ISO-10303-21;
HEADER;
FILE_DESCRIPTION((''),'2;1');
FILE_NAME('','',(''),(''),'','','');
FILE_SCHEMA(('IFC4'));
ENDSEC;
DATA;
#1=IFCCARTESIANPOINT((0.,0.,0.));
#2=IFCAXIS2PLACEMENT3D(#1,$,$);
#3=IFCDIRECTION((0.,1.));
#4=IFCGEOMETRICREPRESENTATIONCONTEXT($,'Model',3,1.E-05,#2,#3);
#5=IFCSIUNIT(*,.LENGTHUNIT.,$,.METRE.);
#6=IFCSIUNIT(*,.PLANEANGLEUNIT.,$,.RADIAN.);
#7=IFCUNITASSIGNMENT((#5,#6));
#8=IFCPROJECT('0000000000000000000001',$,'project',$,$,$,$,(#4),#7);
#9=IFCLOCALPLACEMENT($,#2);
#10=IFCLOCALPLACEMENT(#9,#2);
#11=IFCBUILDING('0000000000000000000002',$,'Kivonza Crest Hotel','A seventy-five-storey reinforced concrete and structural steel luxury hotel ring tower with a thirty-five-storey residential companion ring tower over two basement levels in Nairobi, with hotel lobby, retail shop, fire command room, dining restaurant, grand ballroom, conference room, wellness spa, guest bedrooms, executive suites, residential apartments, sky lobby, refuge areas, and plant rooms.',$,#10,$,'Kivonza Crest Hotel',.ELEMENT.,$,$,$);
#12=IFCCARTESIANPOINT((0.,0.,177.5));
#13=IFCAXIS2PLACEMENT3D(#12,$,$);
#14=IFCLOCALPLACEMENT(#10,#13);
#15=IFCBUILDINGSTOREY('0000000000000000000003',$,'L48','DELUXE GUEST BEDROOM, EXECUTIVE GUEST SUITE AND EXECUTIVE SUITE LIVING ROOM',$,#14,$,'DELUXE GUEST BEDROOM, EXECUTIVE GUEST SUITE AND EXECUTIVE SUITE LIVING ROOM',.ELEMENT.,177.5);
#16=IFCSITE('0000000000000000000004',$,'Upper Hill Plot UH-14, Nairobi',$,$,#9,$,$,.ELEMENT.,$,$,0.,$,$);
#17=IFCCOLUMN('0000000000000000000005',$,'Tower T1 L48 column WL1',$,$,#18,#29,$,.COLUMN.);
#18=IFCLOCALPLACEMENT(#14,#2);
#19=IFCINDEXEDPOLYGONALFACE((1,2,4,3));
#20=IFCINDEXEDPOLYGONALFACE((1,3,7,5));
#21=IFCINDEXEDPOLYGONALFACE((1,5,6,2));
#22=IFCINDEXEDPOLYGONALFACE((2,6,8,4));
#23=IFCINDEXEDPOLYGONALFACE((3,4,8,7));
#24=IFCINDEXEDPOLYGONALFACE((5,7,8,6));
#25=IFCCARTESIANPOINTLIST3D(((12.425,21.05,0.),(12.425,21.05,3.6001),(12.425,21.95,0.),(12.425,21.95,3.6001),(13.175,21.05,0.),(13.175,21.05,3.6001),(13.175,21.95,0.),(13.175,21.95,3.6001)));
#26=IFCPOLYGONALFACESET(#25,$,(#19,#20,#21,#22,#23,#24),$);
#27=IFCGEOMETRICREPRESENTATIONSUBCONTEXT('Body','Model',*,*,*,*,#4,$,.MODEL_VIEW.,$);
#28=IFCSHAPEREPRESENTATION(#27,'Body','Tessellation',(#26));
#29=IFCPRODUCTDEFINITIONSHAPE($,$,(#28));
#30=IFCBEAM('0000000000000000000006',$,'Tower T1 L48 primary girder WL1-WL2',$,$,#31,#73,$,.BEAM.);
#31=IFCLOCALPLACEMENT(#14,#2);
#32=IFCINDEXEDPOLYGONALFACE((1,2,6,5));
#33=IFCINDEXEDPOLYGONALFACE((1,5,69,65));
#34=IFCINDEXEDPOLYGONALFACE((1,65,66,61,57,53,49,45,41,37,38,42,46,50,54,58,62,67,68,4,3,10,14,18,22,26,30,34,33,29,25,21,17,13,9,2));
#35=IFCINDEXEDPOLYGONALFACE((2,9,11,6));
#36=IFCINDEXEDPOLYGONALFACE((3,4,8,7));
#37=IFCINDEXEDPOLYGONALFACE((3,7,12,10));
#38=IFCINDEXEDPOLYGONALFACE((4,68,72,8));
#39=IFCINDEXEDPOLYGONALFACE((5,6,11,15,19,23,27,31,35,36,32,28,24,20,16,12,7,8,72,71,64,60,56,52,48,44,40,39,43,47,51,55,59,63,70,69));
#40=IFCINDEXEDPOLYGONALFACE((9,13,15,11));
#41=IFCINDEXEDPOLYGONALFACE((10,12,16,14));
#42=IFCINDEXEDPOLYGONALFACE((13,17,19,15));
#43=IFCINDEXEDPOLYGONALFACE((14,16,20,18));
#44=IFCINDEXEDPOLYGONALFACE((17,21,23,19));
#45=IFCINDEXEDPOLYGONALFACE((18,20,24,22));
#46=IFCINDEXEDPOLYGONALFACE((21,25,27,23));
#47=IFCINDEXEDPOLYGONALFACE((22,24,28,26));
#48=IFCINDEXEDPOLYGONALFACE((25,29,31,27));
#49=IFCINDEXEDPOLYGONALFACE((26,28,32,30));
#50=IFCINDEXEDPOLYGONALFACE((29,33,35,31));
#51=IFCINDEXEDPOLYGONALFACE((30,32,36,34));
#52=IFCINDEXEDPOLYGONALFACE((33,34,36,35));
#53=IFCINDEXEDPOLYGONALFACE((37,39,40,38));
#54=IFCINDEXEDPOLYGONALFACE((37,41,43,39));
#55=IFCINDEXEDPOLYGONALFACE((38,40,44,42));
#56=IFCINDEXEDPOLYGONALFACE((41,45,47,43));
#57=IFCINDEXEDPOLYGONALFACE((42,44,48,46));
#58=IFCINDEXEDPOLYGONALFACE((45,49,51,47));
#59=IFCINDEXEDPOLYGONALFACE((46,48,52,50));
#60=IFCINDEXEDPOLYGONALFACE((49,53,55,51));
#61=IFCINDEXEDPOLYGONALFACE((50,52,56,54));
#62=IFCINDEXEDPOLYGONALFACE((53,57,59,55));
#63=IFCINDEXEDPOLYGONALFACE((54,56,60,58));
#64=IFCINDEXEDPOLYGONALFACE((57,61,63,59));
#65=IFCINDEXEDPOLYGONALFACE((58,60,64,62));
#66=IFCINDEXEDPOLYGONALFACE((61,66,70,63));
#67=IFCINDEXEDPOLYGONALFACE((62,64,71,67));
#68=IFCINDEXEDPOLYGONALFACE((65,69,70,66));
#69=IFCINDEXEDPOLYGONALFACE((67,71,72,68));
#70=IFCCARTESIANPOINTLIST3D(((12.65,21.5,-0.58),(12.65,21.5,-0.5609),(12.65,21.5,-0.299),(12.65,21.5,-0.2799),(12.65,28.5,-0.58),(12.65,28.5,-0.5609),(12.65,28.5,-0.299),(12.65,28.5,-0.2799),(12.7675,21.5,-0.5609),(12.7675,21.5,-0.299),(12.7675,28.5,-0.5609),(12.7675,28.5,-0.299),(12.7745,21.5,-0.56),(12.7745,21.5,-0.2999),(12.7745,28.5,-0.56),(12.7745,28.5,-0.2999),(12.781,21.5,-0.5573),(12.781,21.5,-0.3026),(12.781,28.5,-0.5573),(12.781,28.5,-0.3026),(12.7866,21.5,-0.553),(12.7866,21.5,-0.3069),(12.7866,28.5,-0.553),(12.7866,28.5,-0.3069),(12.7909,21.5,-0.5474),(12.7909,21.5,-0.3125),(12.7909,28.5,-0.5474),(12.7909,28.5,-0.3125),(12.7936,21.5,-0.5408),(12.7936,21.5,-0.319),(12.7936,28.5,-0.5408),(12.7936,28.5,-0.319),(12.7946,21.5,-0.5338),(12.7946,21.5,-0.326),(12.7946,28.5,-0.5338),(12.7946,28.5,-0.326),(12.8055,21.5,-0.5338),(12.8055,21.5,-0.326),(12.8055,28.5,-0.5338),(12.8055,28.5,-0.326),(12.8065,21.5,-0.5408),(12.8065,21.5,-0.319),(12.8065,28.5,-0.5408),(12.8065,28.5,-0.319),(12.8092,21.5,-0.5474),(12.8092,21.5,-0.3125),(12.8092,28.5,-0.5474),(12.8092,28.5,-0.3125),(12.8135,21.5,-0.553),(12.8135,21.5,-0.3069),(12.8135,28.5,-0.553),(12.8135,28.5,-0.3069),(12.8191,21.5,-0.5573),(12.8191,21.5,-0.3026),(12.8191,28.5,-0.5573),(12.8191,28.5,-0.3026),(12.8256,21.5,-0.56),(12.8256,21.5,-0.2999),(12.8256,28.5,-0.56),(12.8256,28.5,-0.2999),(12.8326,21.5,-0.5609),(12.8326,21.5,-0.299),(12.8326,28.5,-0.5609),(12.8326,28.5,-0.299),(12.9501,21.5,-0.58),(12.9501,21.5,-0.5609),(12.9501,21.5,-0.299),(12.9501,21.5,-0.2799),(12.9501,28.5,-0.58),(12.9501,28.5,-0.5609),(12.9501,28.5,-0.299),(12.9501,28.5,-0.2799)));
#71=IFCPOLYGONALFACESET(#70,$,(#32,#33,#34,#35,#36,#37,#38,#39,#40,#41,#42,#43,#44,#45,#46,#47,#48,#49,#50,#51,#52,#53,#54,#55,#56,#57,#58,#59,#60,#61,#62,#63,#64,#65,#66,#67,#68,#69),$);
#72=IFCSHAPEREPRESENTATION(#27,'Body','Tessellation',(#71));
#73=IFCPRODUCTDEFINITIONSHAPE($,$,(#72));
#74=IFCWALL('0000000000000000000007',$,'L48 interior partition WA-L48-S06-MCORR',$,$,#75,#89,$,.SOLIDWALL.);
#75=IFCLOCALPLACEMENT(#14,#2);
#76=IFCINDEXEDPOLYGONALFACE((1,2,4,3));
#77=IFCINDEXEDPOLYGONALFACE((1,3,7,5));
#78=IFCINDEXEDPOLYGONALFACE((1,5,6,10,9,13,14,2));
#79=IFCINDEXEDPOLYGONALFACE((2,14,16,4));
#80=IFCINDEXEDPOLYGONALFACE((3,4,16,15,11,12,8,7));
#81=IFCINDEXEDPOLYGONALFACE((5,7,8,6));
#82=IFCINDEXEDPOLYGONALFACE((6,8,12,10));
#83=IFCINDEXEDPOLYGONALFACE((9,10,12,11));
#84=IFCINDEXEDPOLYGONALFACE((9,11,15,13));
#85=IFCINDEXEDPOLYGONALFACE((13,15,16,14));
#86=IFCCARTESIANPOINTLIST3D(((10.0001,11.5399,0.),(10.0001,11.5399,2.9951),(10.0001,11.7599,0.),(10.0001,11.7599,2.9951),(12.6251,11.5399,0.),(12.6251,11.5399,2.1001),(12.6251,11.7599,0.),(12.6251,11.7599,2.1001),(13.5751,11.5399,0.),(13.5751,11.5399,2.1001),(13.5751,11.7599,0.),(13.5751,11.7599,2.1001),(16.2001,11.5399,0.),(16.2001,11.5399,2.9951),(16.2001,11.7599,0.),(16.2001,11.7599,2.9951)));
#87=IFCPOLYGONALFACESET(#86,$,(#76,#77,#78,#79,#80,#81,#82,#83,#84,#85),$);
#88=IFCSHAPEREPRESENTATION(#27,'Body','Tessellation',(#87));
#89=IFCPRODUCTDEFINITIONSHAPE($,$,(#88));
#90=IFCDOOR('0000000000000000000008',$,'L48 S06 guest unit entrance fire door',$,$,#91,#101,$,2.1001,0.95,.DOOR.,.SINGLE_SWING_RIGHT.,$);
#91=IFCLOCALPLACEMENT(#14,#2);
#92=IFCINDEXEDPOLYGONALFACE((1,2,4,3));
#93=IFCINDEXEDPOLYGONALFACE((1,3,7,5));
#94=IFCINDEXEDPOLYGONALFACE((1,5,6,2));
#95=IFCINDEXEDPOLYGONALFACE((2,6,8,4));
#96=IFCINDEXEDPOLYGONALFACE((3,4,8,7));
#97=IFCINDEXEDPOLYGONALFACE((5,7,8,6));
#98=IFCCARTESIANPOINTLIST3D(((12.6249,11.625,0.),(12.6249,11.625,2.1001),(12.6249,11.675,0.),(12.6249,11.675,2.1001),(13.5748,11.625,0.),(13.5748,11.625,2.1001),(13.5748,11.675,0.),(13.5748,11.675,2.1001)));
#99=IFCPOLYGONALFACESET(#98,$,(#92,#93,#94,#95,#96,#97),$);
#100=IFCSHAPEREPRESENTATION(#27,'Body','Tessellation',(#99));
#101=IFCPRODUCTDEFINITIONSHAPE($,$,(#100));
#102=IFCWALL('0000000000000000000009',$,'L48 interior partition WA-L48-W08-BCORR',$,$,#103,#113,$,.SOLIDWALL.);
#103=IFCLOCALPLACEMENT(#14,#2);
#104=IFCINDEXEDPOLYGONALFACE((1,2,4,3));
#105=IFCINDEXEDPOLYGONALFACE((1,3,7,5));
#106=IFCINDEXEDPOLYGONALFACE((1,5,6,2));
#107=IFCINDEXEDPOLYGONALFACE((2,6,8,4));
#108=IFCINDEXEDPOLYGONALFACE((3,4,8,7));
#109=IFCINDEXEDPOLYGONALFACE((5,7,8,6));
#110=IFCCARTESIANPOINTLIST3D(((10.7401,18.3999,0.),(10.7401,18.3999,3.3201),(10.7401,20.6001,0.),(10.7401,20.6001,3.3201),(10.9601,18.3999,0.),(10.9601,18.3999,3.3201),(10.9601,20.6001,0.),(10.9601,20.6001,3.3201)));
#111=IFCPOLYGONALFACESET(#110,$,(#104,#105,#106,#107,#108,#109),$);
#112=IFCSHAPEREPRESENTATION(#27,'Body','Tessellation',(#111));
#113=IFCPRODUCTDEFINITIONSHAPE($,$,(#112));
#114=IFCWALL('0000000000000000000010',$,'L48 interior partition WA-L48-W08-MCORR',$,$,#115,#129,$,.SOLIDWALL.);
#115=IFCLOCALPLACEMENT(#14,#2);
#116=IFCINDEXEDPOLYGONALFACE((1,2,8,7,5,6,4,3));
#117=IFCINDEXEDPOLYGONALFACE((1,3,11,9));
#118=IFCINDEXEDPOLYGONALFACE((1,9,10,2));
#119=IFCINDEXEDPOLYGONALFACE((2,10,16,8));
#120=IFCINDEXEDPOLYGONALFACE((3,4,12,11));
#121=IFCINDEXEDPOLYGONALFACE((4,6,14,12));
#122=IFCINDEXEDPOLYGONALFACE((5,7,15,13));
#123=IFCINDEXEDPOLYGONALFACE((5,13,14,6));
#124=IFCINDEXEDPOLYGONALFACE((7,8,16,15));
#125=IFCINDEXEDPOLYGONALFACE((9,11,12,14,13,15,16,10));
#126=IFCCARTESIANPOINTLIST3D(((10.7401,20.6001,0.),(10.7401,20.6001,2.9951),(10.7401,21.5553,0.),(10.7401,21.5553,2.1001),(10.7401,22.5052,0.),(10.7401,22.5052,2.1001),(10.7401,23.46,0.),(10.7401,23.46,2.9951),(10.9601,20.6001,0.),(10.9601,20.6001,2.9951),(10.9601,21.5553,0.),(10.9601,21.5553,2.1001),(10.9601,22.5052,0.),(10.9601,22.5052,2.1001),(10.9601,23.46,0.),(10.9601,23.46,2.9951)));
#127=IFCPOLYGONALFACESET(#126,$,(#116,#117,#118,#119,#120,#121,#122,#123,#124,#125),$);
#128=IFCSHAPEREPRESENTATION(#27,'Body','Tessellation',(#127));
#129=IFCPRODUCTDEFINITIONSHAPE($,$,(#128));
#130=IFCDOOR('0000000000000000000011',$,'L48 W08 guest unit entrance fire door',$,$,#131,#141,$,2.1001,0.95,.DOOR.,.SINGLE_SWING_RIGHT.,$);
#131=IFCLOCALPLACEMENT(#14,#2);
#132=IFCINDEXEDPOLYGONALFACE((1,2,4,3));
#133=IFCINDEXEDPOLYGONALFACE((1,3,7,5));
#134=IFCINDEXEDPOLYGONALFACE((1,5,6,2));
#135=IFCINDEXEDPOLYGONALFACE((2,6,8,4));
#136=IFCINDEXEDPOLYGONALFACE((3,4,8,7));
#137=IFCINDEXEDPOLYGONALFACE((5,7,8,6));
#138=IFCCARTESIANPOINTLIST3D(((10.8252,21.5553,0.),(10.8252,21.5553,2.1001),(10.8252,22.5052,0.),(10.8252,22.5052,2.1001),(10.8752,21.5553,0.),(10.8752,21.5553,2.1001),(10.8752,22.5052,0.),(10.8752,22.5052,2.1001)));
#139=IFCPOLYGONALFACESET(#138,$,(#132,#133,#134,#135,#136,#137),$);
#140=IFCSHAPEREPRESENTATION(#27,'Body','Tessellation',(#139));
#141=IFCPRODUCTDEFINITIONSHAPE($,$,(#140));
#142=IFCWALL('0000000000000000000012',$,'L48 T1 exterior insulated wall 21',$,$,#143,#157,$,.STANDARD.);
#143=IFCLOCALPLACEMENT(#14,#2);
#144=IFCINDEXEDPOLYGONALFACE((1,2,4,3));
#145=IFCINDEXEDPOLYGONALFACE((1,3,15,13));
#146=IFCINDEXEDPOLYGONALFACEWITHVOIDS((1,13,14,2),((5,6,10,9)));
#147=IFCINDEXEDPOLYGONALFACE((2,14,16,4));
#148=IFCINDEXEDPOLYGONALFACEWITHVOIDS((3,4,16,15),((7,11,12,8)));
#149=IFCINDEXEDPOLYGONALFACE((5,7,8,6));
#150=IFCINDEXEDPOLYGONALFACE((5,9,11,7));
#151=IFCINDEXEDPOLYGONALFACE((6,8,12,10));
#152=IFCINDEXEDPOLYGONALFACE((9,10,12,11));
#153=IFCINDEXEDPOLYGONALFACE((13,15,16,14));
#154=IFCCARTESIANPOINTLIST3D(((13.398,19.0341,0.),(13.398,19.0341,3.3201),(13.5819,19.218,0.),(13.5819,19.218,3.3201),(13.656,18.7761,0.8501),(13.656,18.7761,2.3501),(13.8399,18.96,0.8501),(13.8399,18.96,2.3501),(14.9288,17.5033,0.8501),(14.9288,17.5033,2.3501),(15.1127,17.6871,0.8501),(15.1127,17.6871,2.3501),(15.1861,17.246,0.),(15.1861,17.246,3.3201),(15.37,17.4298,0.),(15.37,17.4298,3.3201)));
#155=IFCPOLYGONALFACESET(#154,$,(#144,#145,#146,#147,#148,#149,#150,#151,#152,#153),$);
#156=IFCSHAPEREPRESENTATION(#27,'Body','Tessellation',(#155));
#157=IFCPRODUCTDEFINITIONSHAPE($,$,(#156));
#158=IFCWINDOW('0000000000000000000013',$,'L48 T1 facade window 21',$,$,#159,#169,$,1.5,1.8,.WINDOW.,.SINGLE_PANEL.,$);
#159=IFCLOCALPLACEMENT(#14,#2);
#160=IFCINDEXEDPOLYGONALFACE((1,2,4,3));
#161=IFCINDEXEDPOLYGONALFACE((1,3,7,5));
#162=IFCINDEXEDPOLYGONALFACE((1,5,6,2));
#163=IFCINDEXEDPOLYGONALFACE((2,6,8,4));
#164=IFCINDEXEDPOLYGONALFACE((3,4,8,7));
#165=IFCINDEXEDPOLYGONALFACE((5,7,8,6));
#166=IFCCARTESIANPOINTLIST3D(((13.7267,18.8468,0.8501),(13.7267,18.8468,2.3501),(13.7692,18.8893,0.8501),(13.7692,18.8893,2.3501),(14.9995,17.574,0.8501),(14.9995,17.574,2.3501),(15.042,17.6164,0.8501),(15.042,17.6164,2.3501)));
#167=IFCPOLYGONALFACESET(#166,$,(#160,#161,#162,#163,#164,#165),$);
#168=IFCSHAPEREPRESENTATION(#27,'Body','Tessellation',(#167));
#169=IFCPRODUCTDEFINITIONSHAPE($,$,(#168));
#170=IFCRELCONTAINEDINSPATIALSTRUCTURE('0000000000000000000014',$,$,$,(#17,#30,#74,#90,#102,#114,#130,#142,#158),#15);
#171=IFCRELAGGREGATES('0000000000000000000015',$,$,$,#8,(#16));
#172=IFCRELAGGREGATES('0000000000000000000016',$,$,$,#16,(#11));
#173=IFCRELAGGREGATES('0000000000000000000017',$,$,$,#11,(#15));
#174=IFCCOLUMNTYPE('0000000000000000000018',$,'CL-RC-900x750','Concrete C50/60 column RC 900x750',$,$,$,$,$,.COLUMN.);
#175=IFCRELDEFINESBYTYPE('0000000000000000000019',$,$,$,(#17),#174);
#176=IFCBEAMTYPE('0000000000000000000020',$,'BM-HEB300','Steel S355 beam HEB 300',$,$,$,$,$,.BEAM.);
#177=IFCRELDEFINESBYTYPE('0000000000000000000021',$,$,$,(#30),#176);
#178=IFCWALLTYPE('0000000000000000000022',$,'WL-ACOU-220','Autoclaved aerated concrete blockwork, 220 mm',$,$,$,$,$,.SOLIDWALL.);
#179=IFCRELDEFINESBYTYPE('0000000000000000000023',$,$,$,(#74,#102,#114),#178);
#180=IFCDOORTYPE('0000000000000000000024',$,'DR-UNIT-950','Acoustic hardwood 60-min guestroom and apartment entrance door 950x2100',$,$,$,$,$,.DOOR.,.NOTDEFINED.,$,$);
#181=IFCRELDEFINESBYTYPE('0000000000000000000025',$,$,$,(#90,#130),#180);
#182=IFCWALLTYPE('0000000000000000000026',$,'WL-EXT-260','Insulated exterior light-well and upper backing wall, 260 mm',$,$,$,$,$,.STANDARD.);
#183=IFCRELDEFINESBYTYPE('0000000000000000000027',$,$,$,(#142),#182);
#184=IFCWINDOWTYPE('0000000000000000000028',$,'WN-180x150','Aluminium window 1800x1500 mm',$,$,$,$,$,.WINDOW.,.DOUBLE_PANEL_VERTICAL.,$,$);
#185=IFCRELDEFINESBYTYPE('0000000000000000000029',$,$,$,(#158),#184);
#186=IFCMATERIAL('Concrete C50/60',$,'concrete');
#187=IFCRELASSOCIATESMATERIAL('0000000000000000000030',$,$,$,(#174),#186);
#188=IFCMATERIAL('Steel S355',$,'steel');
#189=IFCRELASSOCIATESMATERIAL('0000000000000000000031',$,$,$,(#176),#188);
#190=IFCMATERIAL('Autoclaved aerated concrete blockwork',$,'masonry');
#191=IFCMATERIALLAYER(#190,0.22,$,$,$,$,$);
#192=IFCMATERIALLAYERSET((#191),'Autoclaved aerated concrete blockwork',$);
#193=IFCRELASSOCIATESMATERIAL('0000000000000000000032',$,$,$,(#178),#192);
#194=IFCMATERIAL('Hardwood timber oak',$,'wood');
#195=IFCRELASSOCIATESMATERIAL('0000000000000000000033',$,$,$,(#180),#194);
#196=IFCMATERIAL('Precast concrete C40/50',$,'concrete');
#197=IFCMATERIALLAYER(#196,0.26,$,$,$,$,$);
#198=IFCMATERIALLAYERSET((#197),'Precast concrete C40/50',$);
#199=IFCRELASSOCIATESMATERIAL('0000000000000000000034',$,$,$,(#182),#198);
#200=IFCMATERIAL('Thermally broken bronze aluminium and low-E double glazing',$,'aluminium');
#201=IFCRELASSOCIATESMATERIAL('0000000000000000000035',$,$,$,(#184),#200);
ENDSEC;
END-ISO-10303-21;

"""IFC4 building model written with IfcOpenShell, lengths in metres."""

from ifc_helpers import new_model, si_unit, direction, frame, frame_2d, origin, origin_2d, place, context, subcontext, project, spatial, rectangle, i_section, extrude, material, layer, layer_set, material_profile, profile_set, type_object, element, fill, save


model = new_model("IFC4")

# Units and contexts
model_context = context("Model", 3, precision=1e-05, world=origin(), true_north=direction((0.0, 1.0)))
body_context = subcontext(model_context, "Body", "Model", "MODEL_VIEW")
ifc_project = project(units=[si_unit("LENGTHUNIT", "METRE"), si_unit("PLANEANGLEUNIT", "RADIAN")], contexts=[model_context])

# Site, building, storey
site_placement = place(None, origin())
site = spatial("IfcSite", under=ifc_project, at=site_placement, Name="Upper Hill Plot UH-14, Nairobi", CompositionType="ELEMENT", RefElevation=0.0)
building_placement = place(site_placement, origin())
building = spatial("IfcBuilding", under=site, at=building_placement, Name="Kivonza Crest Hotel", Description="A seventy-five-storey reinforced concrete and structural steel luxury hotel ring tower with a thirty-five-storey residential companion ring tower over two basement levels in Nairobi, with hotel lobby, retail shop, fire command room, dining restaurant, grand ballroom, conference room, wellness spa, guest bedrooms, executive suites, residential apartments, sky lobby, refuge areas, and plant rooms.", LongName="Kivonza Crest Hotel", CompositionType="ELEMENT")
storey_placement = place(building_placement, frame((0.0, 0.0, 177.5)))
storey = spatial("IfcBuildingStorey", under=building, at=storey_placement, Name="L48", Description="DELUXE GUEST BEDROOM, EXECUTIVE GUEST SUITE AND EXECUTIVE SUITE LIVING ROOM", LongName="DELUXE GUEST BEDROOM, EXECUTIVE GUEST SUITE AND EXECUTIVE SUITE LIVING ROOM", CompositionType="ELEMENT", Elevation=177.5)

# Column
ifc_material_1 = material(Name="Concrete C50/60", Category="concrete")
ifc_material_profile_1 = material_profile(ifc_material_1, rectangle(XDim=0.75, YDim=0.8999, at=origin_2d()), Name="RC 900x750")
ifc_profile_set_1 = profile_set([ifc_material_profile_1], Name="Concrete C50/60")
column_type = type_object("IfcColumnType", Name="CL-RC-900x750", Description="Concrete C50/60 column RC 900x750", PredefinedType="COLUMN", material=ifc_profile_set_1)
column_placement = place(storey_placement, frame((12.8, 21.5, 0.0), z_axis=(0.0, 0.0, 1.0), x_axis=(1.0, 0.0, 0.0)))
element("IfcColumn", 1, at=column_placement, inside=storey, type_object=column_type, Name="Tower T1 L48 column WL1", PredefinedType="COLUMN", context=body_context, shape_type="SweptSolid", body=[
    extrude(rectangle(XDim=0.75, YDim=0.8999, at=origin_2d()), origin(), (0.0, 0.0, 1.0), 3.6001),
])

# Beam
ifc_material_2 = material(Name="Steel S355", Category="steel")
ifc_material_profile_2 = material_profile(ifc_material_2, i_section(OverallWidth=0.3, OverallDepth=0.3, WebThickness=0.011, FlangeThickness=0.019, FilletRadius=0.0271, at=origin_2d()), Name="HEB 300")
ifc_profile_set_2 = profile_set([ifc_material_profile_2], Name="Steel S355")
beam_type = type_object("IfcBeamType", Name="BM-HEB300", Description="Steel S355 beam HEB 300", PredefinedType="BEAM", material=ifc_profile_set_2)
beam_placement = place(storey_placement, frame((12.8, 21.5, -0.4299), z_axis=(0.0, 1.0, 0.0), x_axis=(-1.0, 0.0, 0.0)))
element("IfcBeam", 2, at=beam_placement, inside=storey, type_object=beam_type, Name="Tower T1 L48 primary girder WL1-WL2", PredefinedType="BEAM", context=body_context, shape_type="SweptSolid", body=[
    extrude(i_section(OverallWidth=0.3, OverallDepth=0.3, WebThickness=0.011, FlangeThickness=0.019, FilletRadius=0.0271, at=origin_2d()), origin(), (0.0, 0.0, 1.0), 7.0),
])

# Wall, opening, door
ifc_material_3 = material(Name="Autoclaved aerated concrete blockwork", Category="masonry")
ifc_layer_1 = layer(ifc_material_3, 0.22)
ifc_layer_set_1 = layer_set([ifc_layer_1], Name="Autoclaved aerated concrete blockwork")
wall_type_1 = type_object("IfcWallType", Name="WL-ACOU-220", Description="Autoclaved aerated concrete blockwork, 220 mm", PredefinedType="SOLIDWALL", material=ifc_layer_set_1)
wall_1_placement = place(storey_placement, frame((10.0, 11.6499, 0.0), z_axis=(0.0, 0.0, 1.0), x_axis=(1.0, 0.0, 0.0)))
wall_1 = element("IfcWall", 3, at=wall_1_placement, inside=storey, type_object=wall_type_1, Name="L48 interior partition WA-L48-S06-MCORR", PredefinedType="SOLIDWALL", context=body_context, shape_type="SweptSolid", body=[
    extrude(rectangle(XDim=6.2, YDim=0.22, at=frame_2d((3.1001, 0.0))), origin(), (0.0, 0.0, 1.0), 2.9951),
])
opening_1_placement = place(wall_1_placement, frame((2.625, 0.0, 0.0)))
opening_1 = element("IfcOpeningElement", 4, at=opening_1_placement, cuts=wall_1, PredefinedType="OPENING", context=body_context, shape_type="SweptSolid", body=[
    extrude(rectangle(XDim=0.95, YDim=2.1001, at=frame_2d((0.4751, 1.05))), frame((0.0, 0.1201, 0.0), z_axis=(0.0, -1.0, 0.0), x_axis=(1.0, 0.0, 0.0)), (0.0, 0.0, 1.0), 0.24),
])
ifc_material_4 = material(Name="Hardwood timber oak", Category="wood")
door_type_1 = type_object("IfcDoorType", Name="DR-UNIT-950", Description="Acoustic hardwood 60-min guestroom and apartment entrance door 950x2100", OperationType="NOTDEFINED", PredefinedType="DOOR", material=ifc_material_4)
door_1_placement = place(opening_1_placement, frame((0.95, 0.0, 0.0), z_axis=(0.0, 0.0, 1.0), x_axis=(-1.0, 0.0, 0.0)))
door_1 = element("IfcDoor", 5, at=door_1_placement, inside=storey, type_object=door_type_1, Name="L48 S06 guest unit entrance fire door", OperationType="SINGLE_SWING_RIGHT", OverallHeight=2.1001, OverallWidth=0.95, PredefinedType="DOOR", context=body_context, shape_type="SweptSolid", body=[
    extrude(rectangle(XDim=0.95, YDim=2.1001, at=frame_2d((0.4751, 1.05))), frame((0.0, 0.0249, 0.0), z_axis=(0.0, -1.0, 0.0), x_axis=(1.0, 0.0, 0.0)), (0.0, 0.0, 1.0), 0.05),
])
fill(opening_1, door_1)

# Wall
wall_2_placement = place(storey_placement, frame((10.8501, 18.3999, 0.0), z_axis=(0.0, 0.0, 1.0), x_axis=(0.0, 1.0, 0.0)))
element("IfcWall", 6, at=wall_2_placement, inside=storey, type_object=wall_type_1, Name="L48 interior partition WA-L48-W08-BCORR", PredefinedType="SOLIDWALL", context=body_context, shape_type="SweptSolid", body=[
    extrude(rectangle(XDim=2.2002, YDim=0.22, at=frame_2d((1.1001, 0.0))), origin(), (0.0, 0.0, 1.0), 3.3201),
])

# Wall, opening, door
wall_3_placement = place(storey_placement, frame((10.8501, 20.6001, 0.0), z_axis=(0.0, 0.0, 1.0), x_axis=(0.0, 1.0, 0.0)))
wall_3 = element("IfcWall", 7, at=wall_3_placement, inside=storey, type_object=wall_type_1, Name="L48 interior partition WA-L48-W08-MCORR", PredefinedType="SOLIDWALL", context=body_context, shape_type="SweptSolid", body=[
    extrude(rectangle(XDim=2.8599, YDim=0.22, at=frame_2d((1.4299, 0.0))), origin(), (0.0, 0.0, 1.0), 2.9951),
])
opening_2_placement = place(wall_3_placement, frame((0.9551, 0.0, 0.0)))
opening_2 = element("IfcOpeningElement", 8, at=opening_2_placement, cuts=wall_3, PredefinedType="OPENING", context=body_context, shape_type="SweptSolid", body=[
    extrude(rectangle(XDim=0.95, YDim=2.1001, at=frame_2d((0.4751, 1.05))), frame((0.0, 0.1201, 0.0), z_axis=(0.0, -1.0, 0.0), x_axis=(1.0, 0.0, 0.0)), (0.0, 0.0, 1.0), 0.24),
])
door_2_placement = place(opening_2_placement, origin())
door_2 = element("IfcDoor", 9, at=door_2_placement, inside=storey, type_object=door_type_1, Name="L48 W08 guest unit entrance fire door", OperationType="SINGLE_SWING_RIGHT", OverallHeight=2.1001, OverallWidth=0.95, PredefinedType="DOOR", context=body_context, shape_type="SweptSolid", body=[
    extrude(rectangle(XDim=0.95, YDim=2.1001, at=frame_2d((0.4751, 1.05))), frame((0.0, 0.0249, 0.0), z_axis=(0.0, -1.0, 0.0), x_axis=(1.0, 0.0, 0.0)), (0.0, 0.0, 1.0), 0.05),
])
fill(opening_2, door_2)

# Wall, opening, window
ifc_material_5 = material(Name="Precast concrete C40/50", Category="concrete")
ifc_layer_2 = layer(ifc_material_5, 0.26)
ifc_layer_set_2 = layer_set([ifc_layer_2], Name="Precast concrete C40/50")
wall_type_2 = type_object("IfcWallType", Name="WL-EXT-260", Description="Insulated exterior light-well and upper backing wall, 260 mm", PredefinedType="STANDARD", material=ifc_layer_set_2)
wall_4_placement = place(storey_placement, frame((15.2781, 17.3379, 0.0), z_axis=(0.0, 0.0, 1.0), x_axis=(-0.707107, 0.707107, 0.0)))
wall_4 = element("IfcWall", 10, at=wall_4_placement, inside=storey, type_object=wall_type_2, Name="L48 T1 exterior insulated wall 21", PredefinedType="STANDARD", context=body_context, shape_type="SweptSolid", body=[
    extrude(rectangle(XDim=2.5288, YDim=0.26, at=frame_2d((1.2644, 0.0))), origin(), (0.0, 0.0, 1.0), 3.3201),
])
opening_3_placement = place(wall_4_placement, frame((0.364, 0.0, 0.8501)))
opening_3 = element("IfcOpeningElement", 11, at=opening_3_placement, cuts=wall_4, PredefinedType="OPENING", context=body_context, shape_type="SweptSolid", body=[
    extrude(rectangle(XDim=1.8, YDim=1.5, at=frame_2d((0.8999, 0.75))), frame((0.0, 0.1401, 0.0), z_axis=(0.0, -1.0, 0.0), x_axis=(1.0, 0.0, 0.0)), (0.0, 0.0, 1.0), 0.28),
])
ifc_material_6 = material(Name="Thermally broken bronze aluminium and low-E double glazing", Category="aluminium")
window_type_1 = type_object("IfcWindowType", Name="WN-180x150", Description="Aluminium window 1800x1500 mm", PartitioningType="DOUBLE_PANEL_VERTICAL", PredefinedType="WINDOW", material=ifc_material_6)
window_1_placement = place(opening_3_placement, origin())
window_1 = element("IfcWindow", 12, at=window_1_placement, inside=storey, type_object=window_type_1, Name="L48 T1 facade window 21", OverallHeight=1.5, OverallWidth=1.8, PartitioningType="SINGLE_PANEL", PredefinedType="WINDOW", context=body_context, shape_type="SweptSolid", body=[
    extrude(rectangle(XDim=1.8, YDim=1.5, at=frame_2d((0.8999, 0.75))), frame((0.0, 0.03, 0.0), z_axis=(0.0, -1.0, 0.0), x_axis=(1.0, 0.0, 0.0)), (0.0, 0.0, 1.0), 0.0601),
])
fill(opening_3, window_1)

save(model, "model.ifc")
